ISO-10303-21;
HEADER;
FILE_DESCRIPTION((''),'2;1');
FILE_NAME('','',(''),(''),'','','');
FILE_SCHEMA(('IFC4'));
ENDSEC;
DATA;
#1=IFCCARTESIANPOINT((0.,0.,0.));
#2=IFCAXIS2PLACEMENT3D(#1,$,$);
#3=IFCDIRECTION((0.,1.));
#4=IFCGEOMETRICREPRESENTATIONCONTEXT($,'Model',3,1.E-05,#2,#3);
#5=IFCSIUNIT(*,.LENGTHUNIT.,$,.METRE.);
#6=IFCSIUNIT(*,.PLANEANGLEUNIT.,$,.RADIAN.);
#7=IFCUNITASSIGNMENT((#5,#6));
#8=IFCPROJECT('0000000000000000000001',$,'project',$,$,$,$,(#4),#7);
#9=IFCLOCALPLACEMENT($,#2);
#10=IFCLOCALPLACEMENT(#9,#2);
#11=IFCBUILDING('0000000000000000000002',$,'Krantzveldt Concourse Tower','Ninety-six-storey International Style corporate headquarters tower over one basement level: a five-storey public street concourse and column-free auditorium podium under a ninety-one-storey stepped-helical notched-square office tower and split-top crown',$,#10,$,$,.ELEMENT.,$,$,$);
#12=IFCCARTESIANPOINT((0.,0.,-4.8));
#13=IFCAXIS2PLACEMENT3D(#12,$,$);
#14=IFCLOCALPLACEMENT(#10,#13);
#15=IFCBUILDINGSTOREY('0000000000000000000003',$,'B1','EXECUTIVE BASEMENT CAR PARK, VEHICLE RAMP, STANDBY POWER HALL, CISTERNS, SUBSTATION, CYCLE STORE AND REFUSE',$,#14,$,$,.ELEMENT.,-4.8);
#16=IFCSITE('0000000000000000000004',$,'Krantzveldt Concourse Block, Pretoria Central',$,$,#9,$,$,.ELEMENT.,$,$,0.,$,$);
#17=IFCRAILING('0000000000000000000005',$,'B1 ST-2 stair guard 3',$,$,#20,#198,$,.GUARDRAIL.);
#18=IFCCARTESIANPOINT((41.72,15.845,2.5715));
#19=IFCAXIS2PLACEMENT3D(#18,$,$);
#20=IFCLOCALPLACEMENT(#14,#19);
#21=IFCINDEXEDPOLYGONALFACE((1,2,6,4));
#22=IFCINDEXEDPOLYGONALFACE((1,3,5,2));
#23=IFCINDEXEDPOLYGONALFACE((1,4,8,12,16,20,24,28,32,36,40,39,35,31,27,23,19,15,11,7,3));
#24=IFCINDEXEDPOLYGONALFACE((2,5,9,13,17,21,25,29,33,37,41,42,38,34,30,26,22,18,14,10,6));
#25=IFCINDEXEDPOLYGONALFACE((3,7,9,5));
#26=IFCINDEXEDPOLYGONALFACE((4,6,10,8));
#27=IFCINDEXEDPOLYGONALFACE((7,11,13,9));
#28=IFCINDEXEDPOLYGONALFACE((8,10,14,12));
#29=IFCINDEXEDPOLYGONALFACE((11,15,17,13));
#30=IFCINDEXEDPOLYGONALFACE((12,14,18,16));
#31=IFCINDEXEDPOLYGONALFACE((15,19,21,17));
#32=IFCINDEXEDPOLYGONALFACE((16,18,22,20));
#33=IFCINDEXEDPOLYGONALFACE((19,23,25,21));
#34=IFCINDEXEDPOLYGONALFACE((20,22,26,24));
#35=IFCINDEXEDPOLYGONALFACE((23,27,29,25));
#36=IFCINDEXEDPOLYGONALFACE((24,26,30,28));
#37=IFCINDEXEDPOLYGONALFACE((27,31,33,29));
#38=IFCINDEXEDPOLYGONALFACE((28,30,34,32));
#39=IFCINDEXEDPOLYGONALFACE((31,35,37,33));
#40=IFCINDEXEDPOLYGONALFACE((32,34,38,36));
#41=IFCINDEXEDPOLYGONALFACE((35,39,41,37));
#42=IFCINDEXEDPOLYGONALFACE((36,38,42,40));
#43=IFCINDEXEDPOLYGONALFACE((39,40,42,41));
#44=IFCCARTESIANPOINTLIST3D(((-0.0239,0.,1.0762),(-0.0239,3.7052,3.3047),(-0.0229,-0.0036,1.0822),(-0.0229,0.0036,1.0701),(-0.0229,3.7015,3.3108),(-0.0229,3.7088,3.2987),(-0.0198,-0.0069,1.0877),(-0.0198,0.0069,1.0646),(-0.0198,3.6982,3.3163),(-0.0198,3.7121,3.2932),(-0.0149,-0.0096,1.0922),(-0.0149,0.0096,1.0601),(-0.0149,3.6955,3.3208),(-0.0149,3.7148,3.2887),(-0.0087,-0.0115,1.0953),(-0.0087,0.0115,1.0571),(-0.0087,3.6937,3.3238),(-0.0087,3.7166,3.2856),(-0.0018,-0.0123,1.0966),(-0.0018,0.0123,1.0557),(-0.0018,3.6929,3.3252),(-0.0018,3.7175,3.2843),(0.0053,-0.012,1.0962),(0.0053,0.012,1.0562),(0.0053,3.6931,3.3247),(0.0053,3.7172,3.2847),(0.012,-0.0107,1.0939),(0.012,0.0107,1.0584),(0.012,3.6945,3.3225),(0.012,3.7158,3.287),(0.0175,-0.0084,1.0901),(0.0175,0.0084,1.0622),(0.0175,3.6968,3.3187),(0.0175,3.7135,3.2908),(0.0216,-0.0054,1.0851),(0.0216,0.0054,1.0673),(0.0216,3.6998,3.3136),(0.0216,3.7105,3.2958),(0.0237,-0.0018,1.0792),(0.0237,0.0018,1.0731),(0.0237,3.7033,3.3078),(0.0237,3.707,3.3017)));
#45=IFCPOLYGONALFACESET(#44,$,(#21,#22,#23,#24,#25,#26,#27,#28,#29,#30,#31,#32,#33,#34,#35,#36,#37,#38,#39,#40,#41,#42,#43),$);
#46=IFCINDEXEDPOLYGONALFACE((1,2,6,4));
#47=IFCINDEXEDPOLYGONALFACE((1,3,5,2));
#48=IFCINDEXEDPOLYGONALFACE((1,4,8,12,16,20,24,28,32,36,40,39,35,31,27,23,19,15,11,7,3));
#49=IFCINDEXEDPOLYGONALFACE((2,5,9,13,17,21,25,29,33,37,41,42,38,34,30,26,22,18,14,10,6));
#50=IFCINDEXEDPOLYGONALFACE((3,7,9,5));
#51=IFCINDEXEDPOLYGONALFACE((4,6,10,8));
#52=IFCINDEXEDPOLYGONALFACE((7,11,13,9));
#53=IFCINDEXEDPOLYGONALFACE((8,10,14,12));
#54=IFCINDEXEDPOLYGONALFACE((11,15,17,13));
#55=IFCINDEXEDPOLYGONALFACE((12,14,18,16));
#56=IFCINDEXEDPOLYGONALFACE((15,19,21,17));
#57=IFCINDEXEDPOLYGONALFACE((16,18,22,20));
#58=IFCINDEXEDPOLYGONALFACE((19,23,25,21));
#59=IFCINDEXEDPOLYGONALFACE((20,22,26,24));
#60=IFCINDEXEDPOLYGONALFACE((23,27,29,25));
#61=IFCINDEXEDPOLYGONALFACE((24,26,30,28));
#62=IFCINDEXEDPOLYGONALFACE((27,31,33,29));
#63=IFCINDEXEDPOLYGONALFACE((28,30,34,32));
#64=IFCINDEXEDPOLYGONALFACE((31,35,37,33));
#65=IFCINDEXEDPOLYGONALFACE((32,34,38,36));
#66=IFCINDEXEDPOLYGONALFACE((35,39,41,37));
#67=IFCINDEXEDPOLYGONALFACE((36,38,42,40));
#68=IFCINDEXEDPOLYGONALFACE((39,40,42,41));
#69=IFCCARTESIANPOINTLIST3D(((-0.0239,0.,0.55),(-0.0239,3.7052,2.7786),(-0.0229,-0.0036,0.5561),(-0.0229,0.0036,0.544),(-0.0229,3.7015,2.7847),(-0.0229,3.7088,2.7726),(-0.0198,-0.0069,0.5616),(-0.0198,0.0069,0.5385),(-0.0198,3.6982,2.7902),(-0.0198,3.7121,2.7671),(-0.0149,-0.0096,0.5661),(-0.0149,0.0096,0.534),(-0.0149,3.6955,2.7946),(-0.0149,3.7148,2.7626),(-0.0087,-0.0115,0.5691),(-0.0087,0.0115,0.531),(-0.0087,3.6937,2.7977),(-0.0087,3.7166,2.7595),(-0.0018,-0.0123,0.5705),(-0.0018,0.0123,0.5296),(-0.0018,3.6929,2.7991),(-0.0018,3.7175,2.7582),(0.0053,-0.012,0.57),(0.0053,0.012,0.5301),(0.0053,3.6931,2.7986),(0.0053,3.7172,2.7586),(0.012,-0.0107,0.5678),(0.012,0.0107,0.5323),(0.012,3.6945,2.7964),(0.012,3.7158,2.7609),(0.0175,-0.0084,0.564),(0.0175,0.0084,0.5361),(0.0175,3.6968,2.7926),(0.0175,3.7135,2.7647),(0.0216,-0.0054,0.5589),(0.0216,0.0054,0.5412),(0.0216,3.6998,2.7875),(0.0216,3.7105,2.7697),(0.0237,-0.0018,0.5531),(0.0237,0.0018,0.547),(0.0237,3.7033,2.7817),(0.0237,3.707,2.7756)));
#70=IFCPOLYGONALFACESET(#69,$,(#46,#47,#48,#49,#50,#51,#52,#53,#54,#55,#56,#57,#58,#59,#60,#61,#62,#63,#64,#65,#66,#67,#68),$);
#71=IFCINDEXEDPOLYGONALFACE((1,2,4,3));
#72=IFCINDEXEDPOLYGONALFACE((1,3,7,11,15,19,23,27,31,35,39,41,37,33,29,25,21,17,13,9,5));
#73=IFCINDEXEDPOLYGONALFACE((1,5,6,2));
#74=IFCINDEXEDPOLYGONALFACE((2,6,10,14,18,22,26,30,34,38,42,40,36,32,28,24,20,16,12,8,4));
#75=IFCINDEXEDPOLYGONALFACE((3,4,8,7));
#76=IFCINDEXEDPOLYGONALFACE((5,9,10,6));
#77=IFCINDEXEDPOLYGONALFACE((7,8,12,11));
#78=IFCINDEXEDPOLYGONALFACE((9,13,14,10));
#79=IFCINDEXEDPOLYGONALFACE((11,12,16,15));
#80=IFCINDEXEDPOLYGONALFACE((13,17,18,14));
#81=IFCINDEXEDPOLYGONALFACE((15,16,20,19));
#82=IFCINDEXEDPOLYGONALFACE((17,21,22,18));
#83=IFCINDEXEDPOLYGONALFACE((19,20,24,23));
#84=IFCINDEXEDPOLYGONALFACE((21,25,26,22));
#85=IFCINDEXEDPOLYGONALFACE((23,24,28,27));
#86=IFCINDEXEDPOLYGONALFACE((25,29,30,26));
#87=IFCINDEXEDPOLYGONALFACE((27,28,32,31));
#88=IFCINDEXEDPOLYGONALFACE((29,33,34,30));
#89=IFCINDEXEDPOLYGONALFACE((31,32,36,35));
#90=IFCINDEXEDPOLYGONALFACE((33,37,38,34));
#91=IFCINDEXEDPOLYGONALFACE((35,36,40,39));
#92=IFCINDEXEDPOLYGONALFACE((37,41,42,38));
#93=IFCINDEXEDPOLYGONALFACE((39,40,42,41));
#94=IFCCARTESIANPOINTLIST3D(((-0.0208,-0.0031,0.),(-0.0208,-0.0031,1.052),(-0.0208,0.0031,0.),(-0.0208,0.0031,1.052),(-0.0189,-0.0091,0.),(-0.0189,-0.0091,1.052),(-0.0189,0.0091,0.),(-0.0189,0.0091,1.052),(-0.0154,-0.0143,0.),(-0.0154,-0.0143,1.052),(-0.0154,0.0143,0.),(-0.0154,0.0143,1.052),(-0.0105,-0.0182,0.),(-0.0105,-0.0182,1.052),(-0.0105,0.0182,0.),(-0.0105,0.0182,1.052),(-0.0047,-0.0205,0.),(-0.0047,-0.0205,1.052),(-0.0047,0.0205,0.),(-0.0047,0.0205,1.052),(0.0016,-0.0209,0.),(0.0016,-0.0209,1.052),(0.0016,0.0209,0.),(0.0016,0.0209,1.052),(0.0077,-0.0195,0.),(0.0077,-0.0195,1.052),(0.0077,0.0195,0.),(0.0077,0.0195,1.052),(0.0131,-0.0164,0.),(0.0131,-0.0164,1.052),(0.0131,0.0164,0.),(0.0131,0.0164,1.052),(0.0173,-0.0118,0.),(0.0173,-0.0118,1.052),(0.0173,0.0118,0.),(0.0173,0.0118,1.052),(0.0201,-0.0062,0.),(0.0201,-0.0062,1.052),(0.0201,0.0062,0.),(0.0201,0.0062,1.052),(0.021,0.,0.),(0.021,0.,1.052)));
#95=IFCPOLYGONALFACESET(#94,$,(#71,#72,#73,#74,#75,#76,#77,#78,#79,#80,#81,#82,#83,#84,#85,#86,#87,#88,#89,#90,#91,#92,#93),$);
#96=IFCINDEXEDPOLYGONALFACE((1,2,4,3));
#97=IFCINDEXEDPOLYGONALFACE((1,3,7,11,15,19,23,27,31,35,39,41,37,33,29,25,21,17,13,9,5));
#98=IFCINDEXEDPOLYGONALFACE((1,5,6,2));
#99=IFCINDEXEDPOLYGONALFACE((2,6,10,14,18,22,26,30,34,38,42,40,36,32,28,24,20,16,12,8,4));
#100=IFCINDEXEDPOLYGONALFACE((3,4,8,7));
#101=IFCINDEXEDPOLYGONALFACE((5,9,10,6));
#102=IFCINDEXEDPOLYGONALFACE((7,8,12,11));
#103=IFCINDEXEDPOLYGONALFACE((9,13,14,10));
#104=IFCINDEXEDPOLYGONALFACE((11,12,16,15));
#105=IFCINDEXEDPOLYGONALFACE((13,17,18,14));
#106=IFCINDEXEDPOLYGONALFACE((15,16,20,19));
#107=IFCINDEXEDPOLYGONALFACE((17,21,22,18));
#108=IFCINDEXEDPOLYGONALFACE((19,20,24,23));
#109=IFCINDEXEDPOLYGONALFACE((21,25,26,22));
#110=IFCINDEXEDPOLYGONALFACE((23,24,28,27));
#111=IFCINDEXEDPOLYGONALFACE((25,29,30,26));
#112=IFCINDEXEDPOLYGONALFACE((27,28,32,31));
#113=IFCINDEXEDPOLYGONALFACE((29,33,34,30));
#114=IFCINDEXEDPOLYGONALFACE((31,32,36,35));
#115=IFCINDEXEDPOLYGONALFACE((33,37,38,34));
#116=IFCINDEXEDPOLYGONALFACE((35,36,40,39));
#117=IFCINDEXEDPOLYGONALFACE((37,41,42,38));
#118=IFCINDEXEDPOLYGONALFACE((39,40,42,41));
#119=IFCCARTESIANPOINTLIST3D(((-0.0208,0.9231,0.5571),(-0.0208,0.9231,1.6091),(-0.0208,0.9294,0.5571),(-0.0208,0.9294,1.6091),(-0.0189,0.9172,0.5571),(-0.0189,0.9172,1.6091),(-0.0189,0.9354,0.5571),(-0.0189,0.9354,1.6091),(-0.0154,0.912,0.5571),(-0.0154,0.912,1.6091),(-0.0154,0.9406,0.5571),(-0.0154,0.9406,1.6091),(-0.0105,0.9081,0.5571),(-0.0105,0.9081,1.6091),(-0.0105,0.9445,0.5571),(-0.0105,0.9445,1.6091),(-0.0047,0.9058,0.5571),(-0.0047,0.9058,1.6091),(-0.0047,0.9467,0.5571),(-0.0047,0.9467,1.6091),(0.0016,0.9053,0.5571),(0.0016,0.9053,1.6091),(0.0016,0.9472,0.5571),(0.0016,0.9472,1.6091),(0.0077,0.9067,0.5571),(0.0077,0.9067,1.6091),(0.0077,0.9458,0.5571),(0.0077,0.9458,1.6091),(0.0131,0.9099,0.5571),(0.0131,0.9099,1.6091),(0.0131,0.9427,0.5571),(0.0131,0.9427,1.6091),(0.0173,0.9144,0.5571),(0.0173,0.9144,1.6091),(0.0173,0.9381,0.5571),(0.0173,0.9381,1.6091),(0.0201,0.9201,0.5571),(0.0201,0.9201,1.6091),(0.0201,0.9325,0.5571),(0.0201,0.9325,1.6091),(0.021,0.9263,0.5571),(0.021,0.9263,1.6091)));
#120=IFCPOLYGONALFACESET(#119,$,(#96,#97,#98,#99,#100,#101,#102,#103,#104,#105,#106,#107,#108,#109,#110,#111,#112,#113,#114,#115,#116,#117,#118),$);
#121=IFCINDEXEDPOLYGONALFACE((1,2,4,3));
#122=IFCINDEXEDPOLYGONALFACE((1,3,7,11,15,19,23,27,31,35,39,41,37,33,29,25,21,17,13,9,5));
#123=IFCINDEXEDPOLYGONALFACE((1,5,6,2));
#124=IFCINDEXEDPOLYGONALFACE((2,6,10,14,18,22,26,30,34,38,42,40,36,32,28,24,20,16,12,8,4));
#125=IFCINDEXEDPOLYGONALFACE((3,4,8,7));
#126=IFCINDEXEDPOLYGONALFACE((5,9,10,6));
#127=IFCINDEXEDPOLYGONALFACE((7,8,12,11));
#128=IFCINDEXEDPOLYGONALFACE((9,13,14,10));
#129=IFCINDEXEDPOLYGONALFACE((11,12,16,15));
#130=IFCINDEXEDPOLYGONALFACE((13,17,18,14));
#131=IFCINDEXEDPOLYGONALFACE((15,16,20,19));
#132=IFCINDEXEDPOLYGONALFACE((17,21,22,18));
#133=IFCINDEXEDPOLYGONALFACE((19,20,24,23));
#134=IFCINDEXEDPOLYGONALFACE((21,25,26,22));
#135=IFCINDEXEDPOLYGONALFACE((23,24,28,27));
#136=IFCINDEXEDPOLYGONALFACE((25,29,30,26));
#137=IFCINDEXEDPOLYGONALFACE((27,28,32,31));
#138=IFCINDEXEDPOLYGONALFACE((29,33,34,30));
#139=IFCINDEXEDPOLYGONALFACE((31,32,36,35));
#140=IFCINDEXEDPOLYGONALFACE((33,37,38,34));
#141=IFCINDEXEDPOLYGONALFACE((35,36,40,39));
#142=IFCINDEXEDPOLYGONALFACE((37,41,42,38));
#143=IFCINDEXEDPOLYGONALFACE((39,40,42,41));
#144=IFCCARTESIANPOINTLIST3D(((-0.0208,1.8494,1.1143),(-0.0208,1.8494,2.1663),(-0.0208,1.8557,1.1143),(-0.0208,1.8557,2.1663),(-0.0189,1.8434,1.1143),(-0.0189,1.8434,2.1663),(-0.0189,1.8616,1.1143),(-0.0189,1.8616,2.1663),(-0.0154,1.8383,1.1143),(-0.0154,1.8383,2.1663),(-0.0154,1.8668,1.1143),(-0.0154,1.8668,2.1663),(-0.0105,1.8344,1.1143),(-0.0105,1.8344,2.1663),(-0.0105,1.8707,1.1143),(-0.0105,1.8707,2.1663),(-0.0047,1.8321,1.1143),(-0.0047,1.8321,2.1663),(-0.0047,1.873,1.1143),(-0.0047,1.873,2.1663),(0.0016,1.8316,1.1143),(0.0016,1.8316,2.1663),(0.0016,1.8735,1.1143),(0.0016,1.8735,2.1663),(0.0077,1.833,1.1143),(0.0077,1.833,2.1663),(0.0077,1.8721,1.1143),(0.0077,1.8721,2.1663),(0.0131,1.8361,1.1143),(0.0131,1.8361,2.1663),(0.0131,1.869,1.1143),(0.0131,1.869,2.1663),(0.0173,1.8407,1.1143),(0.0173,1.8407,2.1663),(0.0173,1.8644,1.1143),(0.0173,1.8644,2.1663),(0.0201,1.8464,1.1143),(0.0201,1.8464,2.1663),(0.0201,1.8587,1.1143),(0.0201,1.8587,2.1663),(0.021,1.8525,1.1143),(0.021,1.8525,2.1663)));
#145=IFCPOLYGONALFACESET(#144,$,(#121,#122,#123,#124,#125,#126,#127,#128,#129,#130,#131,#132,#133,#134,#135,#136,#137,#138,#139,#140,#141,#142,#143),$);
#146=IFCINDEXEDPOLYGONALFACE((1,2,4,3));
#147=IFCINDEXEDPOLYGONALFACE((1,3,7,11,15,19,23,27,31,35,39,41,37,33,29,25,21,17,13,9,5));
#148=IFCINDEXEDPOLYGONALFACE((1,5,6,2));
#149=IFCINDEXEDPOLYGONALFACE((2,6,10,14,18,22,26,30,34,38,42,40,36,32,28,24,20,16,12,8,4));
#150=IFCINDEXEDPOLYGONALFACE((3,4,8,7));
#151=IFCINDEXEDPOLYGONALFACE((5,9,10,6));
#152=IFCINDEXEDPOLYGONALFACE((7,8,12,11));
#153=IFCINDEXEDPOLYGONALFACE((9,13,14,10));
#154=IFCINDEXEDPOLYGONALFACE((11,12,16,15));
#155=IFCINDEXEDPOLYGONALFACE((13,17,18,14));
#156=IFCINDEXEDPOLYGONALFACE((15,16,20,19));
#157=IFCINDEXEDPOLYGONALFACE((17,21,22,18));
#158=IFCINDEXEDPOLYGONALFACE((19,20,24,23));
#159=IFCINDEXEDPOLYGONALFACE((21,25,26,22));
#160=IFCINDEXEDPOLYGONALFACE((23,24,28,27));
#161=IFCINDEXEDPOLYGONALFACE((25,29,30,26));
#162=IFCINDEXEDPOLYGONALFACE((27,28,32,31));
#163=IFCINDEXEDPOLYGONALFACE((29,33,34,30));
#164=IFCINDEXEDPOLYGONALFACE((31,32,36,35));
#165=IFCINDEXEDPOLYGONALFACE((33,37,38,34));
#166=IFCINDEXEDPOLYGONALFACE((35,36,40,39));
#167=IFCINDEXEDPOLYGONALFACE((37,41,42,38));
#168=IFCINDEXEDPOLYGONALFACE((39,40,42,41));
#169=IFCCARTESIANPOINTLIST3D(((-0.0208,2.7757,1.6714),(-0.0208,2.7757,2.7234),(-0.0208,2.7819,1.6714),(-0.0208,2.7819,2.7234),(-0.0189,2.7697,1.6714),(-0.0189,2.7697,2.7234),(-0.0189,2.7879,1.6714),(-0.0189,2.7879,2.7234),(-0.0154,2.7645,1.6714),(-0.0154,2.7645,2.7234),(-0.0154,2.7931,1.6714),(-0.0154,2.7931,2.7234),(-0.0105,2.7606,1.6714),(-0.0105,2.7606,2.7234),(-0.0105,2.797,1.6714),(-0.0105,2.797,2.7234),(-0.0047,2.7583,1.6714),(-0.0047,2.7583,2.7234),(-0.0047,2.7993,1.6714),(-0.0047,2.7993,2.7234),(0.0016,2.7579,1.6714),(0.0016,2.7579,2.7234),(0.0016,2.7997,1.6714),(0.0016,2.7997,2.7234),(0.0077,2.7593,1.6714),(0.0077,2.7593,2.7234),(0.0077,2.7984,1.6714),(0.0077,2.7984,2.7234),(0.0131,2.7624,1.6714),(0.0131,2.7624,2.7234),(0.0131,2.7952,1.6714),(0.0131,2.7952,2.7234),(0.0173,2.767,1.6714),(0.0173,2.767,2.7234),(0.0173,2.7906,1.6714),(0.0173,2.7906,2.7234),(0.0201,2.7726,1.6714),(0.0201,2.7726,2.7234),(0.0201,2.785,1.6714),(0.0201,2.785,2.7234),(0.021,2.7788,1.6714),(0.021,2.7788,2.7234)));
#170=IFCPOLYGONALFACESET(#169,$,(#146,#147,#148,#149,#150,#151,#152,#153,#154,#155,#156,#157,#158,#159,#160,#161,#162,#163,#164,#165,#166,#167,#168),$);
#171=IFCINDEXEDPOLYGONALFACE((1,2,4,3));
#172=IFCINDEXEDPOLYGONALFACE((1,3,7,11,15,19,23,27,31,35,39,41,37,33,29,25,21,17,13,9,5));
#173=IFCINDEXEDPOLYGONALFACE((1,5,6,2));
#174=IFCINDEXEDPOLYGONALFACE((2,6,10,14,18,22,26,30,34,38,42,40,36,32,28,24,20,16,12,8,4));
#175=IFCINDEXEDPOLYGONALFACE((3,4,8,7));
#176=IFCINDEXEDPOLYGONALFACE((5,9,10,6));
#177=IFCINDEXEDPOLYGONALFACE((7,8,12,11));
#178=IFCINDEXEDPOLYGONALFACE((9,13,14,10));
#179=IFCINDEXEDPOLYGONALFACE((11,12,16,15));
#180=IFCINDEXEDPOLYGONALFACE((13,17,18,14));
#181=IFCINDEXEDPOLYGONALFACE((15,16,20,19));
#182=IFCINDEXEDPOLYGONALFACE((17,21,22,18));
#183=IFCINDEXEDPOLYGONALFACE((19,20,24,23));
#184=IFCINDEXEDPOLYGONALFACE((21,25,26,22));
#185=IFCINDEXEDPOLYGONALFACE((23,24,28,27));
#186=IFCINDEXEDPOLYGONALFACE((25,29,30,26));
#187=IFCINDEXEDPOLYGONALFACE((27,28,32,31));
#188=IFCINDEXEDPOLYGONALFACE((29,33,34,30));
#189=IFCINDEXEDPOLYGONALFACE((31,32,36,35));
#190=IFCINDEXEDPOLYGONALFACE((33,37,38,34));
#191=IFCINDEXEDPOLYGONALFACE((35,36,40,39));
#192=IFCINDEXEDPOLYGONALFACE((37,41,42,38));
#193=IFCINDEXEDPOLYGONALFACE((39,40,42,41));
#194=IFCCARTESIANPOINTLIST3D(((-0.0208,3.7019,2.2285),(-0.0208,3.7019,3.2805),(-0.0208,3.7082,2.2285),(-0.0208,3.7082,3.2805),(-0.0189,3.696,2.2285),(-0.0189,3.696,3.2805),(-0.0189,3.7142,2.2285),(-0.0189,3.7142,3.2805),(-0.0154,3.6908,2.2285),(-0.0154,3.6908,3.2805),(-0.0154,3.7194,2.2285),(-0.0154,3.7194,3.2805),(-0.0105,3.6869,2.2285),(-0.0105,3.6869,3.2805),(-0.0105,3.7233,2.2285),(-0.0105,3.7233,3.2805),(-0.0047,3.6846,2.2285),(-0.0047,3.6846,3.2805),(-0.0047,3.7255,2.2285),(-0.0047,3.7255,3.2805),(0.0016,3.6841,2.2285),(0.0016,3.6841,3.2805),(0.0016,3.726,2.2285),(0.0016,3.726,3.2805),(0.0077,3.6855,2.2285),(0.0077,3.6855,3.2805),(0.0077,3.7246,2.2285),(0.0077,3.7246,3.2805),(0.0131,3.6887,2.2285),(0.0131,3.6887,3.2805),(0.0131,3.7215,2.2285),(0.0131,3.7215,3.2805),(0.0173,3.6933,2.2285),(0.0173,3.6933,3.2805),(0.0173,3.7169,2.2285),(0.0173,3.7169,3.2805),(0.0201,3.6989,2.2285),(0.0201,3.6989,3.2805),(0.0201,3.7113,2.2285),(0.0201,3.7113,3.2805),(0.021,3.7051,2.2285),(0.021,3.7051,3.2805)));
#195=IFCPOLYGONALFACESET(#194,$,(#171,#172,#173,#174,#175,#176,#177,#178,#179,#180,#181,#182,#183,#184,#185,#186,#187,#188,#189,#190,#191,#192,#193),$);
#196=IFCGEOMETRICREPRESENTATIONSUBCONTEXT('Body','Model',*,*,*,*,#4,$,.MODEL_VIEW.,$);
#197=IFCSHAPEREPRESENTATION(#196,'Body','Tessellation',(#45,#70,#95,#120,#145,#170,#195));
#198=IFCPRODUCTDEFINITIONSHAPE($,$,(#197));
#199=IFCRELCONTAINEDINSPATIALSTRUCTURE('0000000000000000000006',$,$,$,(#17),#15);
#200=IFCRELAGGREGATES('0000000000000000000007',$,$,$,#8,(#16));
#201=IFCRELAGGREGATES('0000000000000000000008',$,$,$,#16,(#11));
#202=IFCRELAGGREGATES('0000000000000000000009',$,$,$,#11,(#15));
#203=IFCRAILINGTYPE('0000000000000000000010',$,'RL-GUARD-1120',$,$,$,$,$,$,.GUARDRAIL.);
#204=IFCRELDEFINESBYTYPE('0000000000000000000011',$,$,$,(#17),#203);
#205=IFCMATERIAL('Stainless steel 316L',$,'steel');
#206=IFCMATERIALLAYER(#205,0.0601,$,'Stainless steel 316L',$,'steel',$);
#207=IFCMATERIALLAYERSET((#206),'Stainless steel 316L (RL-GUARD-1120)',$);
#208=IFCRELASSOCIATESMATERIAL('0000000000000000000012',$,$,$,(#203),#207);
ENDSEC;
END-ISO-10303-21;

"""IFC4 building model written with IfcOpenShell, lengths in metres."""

from ifc_helpers import new_model, si_unit, direction, frame, origin, origin_2d, place, context, subcontext, project, spatial, circle, extrude, material, layer, layer_set, type_object, element, save


model = new_model("IFC4")

# Units and contexts
model_context = context("Model", 3, precision=1e-05, world=origin(), true_north=direction((0.0, 1.0)))
body_context = subcontext(model_context, "Body", "Model", "MODEL_VIEW")
ifc_project = project(units=[si_unit("LENGTHUNIT", "METRE"), si_unit("PLANEANGLEUNIT", "RADIAN")], contexts=[model_context])

# Site, building, storey
site_placement = place(None, origin())
site = spatial("IfcSite", under=ifc_project, at=site_placement, Name="Krantzveldt Concourse Block, Pretoria Central", CompositionType="ELEMENT", RefElevation=0.0)
building_placement = place(site_placement, origin())
building = spatial("IfcBuilding", under=site, at=building_placement, Name="Krantzveldt Concourse Tower", Description="Ninety-six-storey International Style corporate headquarters tower over one basement level: a five-storey public street concourse and column-free auditorium podium under a ninety-one-storey stepped-helical notched-square office tower and split-top crown", CompositionType="ELEMENT")
storey_placement = place(building_placement, frame((0.0, 0.0, -4.8)))
storey = spatial("IfcBuildingStorey", under=building, at=storey_placement, Name="B1", Description="EXECUTIVE BASEMENT CAR PARK, VEHICLE RAMP, STANDBY POWER HALL, CISTERNS, SUBSTATION, CYCLE STORE AND REFUSE", CompositionType="ELEMENT", Elevation=-4.8)

# Shared definitions
ifc_material_1 = material(Name="Stainless steel 316L", Category="steel")

# Railing
ifc_layer_1 = layer(ifc_material_1, 0.0601, Name="Stainless steel 316L", Category="steel")
ifc_layer_set_1 = layer_set([ifc_layer_1], Name="Stainless steel 316L (RL-GUARD-1120)")
railing_type_1 = type_object("IfcRailingType", Name="RL-GUARD-1120", PredefinedType="GUARDRAIL", material=ifc_layer_set_1)
railing_1_placement = place(storey_placement, frame((41.72, 15.845, 2.5715)))
element("IfcRailing", 1, at=railing_1_placement, inside=storey, type_object=railing_type_1, Name="B1 ST-2 stair guard 3", PredefinedType="GUARDRAIL", context=body_context, shape_type="SweptSolid", body=[
    extrude(circle(Radius=0.0239, at=origin_2d()), frame((0.0, 0.0, 1.0762), z_axis=(0.0, 0.856934, 0.515425), x_axis=(-1.0, 0.0, 0.0)), (0.0, 0.0, 1.0), 4.3237),
    extrude(circle(Radius=0.0239, at=origin_2d()), frame((0.0, 0.0, 0.55), z_axis=(0.0, 0.856934, 0.515425), x_axis=(-1.0, 0.0, 0.0)), (0.0, 0.0, 1.0), 4.3237),
    extrude(circle(Radius=0.021, at=origin_2d()), origin(), (0.0, 0.0, 1.0), 1.052),
    extrude(circle(Radius=0.021, at=origin_2d()), frame((0.0, 0.9263, 0.5571)), (0.0, 0.0, 1.0), 1.052),
    extrude(circle(Radius=0.021, at=origin_2d()), frame((0.0, 1.8525, 1.1143)), (0.0, 0.0, 1.0), 1.052),
    extrude(circle(Radius=0.021, at=origin_2d()), frame((0.0, 2.7788, 1.6714)), (0.0, 0.0, 1.0), 1.052),
    extrude(circle(Radius=0.021, at=origin_2d()), frame((0.0, 3.7051, 2.2285)), (0.0, 0.0, 1.0), 1.052),
])

save(model, "model.ifc")
